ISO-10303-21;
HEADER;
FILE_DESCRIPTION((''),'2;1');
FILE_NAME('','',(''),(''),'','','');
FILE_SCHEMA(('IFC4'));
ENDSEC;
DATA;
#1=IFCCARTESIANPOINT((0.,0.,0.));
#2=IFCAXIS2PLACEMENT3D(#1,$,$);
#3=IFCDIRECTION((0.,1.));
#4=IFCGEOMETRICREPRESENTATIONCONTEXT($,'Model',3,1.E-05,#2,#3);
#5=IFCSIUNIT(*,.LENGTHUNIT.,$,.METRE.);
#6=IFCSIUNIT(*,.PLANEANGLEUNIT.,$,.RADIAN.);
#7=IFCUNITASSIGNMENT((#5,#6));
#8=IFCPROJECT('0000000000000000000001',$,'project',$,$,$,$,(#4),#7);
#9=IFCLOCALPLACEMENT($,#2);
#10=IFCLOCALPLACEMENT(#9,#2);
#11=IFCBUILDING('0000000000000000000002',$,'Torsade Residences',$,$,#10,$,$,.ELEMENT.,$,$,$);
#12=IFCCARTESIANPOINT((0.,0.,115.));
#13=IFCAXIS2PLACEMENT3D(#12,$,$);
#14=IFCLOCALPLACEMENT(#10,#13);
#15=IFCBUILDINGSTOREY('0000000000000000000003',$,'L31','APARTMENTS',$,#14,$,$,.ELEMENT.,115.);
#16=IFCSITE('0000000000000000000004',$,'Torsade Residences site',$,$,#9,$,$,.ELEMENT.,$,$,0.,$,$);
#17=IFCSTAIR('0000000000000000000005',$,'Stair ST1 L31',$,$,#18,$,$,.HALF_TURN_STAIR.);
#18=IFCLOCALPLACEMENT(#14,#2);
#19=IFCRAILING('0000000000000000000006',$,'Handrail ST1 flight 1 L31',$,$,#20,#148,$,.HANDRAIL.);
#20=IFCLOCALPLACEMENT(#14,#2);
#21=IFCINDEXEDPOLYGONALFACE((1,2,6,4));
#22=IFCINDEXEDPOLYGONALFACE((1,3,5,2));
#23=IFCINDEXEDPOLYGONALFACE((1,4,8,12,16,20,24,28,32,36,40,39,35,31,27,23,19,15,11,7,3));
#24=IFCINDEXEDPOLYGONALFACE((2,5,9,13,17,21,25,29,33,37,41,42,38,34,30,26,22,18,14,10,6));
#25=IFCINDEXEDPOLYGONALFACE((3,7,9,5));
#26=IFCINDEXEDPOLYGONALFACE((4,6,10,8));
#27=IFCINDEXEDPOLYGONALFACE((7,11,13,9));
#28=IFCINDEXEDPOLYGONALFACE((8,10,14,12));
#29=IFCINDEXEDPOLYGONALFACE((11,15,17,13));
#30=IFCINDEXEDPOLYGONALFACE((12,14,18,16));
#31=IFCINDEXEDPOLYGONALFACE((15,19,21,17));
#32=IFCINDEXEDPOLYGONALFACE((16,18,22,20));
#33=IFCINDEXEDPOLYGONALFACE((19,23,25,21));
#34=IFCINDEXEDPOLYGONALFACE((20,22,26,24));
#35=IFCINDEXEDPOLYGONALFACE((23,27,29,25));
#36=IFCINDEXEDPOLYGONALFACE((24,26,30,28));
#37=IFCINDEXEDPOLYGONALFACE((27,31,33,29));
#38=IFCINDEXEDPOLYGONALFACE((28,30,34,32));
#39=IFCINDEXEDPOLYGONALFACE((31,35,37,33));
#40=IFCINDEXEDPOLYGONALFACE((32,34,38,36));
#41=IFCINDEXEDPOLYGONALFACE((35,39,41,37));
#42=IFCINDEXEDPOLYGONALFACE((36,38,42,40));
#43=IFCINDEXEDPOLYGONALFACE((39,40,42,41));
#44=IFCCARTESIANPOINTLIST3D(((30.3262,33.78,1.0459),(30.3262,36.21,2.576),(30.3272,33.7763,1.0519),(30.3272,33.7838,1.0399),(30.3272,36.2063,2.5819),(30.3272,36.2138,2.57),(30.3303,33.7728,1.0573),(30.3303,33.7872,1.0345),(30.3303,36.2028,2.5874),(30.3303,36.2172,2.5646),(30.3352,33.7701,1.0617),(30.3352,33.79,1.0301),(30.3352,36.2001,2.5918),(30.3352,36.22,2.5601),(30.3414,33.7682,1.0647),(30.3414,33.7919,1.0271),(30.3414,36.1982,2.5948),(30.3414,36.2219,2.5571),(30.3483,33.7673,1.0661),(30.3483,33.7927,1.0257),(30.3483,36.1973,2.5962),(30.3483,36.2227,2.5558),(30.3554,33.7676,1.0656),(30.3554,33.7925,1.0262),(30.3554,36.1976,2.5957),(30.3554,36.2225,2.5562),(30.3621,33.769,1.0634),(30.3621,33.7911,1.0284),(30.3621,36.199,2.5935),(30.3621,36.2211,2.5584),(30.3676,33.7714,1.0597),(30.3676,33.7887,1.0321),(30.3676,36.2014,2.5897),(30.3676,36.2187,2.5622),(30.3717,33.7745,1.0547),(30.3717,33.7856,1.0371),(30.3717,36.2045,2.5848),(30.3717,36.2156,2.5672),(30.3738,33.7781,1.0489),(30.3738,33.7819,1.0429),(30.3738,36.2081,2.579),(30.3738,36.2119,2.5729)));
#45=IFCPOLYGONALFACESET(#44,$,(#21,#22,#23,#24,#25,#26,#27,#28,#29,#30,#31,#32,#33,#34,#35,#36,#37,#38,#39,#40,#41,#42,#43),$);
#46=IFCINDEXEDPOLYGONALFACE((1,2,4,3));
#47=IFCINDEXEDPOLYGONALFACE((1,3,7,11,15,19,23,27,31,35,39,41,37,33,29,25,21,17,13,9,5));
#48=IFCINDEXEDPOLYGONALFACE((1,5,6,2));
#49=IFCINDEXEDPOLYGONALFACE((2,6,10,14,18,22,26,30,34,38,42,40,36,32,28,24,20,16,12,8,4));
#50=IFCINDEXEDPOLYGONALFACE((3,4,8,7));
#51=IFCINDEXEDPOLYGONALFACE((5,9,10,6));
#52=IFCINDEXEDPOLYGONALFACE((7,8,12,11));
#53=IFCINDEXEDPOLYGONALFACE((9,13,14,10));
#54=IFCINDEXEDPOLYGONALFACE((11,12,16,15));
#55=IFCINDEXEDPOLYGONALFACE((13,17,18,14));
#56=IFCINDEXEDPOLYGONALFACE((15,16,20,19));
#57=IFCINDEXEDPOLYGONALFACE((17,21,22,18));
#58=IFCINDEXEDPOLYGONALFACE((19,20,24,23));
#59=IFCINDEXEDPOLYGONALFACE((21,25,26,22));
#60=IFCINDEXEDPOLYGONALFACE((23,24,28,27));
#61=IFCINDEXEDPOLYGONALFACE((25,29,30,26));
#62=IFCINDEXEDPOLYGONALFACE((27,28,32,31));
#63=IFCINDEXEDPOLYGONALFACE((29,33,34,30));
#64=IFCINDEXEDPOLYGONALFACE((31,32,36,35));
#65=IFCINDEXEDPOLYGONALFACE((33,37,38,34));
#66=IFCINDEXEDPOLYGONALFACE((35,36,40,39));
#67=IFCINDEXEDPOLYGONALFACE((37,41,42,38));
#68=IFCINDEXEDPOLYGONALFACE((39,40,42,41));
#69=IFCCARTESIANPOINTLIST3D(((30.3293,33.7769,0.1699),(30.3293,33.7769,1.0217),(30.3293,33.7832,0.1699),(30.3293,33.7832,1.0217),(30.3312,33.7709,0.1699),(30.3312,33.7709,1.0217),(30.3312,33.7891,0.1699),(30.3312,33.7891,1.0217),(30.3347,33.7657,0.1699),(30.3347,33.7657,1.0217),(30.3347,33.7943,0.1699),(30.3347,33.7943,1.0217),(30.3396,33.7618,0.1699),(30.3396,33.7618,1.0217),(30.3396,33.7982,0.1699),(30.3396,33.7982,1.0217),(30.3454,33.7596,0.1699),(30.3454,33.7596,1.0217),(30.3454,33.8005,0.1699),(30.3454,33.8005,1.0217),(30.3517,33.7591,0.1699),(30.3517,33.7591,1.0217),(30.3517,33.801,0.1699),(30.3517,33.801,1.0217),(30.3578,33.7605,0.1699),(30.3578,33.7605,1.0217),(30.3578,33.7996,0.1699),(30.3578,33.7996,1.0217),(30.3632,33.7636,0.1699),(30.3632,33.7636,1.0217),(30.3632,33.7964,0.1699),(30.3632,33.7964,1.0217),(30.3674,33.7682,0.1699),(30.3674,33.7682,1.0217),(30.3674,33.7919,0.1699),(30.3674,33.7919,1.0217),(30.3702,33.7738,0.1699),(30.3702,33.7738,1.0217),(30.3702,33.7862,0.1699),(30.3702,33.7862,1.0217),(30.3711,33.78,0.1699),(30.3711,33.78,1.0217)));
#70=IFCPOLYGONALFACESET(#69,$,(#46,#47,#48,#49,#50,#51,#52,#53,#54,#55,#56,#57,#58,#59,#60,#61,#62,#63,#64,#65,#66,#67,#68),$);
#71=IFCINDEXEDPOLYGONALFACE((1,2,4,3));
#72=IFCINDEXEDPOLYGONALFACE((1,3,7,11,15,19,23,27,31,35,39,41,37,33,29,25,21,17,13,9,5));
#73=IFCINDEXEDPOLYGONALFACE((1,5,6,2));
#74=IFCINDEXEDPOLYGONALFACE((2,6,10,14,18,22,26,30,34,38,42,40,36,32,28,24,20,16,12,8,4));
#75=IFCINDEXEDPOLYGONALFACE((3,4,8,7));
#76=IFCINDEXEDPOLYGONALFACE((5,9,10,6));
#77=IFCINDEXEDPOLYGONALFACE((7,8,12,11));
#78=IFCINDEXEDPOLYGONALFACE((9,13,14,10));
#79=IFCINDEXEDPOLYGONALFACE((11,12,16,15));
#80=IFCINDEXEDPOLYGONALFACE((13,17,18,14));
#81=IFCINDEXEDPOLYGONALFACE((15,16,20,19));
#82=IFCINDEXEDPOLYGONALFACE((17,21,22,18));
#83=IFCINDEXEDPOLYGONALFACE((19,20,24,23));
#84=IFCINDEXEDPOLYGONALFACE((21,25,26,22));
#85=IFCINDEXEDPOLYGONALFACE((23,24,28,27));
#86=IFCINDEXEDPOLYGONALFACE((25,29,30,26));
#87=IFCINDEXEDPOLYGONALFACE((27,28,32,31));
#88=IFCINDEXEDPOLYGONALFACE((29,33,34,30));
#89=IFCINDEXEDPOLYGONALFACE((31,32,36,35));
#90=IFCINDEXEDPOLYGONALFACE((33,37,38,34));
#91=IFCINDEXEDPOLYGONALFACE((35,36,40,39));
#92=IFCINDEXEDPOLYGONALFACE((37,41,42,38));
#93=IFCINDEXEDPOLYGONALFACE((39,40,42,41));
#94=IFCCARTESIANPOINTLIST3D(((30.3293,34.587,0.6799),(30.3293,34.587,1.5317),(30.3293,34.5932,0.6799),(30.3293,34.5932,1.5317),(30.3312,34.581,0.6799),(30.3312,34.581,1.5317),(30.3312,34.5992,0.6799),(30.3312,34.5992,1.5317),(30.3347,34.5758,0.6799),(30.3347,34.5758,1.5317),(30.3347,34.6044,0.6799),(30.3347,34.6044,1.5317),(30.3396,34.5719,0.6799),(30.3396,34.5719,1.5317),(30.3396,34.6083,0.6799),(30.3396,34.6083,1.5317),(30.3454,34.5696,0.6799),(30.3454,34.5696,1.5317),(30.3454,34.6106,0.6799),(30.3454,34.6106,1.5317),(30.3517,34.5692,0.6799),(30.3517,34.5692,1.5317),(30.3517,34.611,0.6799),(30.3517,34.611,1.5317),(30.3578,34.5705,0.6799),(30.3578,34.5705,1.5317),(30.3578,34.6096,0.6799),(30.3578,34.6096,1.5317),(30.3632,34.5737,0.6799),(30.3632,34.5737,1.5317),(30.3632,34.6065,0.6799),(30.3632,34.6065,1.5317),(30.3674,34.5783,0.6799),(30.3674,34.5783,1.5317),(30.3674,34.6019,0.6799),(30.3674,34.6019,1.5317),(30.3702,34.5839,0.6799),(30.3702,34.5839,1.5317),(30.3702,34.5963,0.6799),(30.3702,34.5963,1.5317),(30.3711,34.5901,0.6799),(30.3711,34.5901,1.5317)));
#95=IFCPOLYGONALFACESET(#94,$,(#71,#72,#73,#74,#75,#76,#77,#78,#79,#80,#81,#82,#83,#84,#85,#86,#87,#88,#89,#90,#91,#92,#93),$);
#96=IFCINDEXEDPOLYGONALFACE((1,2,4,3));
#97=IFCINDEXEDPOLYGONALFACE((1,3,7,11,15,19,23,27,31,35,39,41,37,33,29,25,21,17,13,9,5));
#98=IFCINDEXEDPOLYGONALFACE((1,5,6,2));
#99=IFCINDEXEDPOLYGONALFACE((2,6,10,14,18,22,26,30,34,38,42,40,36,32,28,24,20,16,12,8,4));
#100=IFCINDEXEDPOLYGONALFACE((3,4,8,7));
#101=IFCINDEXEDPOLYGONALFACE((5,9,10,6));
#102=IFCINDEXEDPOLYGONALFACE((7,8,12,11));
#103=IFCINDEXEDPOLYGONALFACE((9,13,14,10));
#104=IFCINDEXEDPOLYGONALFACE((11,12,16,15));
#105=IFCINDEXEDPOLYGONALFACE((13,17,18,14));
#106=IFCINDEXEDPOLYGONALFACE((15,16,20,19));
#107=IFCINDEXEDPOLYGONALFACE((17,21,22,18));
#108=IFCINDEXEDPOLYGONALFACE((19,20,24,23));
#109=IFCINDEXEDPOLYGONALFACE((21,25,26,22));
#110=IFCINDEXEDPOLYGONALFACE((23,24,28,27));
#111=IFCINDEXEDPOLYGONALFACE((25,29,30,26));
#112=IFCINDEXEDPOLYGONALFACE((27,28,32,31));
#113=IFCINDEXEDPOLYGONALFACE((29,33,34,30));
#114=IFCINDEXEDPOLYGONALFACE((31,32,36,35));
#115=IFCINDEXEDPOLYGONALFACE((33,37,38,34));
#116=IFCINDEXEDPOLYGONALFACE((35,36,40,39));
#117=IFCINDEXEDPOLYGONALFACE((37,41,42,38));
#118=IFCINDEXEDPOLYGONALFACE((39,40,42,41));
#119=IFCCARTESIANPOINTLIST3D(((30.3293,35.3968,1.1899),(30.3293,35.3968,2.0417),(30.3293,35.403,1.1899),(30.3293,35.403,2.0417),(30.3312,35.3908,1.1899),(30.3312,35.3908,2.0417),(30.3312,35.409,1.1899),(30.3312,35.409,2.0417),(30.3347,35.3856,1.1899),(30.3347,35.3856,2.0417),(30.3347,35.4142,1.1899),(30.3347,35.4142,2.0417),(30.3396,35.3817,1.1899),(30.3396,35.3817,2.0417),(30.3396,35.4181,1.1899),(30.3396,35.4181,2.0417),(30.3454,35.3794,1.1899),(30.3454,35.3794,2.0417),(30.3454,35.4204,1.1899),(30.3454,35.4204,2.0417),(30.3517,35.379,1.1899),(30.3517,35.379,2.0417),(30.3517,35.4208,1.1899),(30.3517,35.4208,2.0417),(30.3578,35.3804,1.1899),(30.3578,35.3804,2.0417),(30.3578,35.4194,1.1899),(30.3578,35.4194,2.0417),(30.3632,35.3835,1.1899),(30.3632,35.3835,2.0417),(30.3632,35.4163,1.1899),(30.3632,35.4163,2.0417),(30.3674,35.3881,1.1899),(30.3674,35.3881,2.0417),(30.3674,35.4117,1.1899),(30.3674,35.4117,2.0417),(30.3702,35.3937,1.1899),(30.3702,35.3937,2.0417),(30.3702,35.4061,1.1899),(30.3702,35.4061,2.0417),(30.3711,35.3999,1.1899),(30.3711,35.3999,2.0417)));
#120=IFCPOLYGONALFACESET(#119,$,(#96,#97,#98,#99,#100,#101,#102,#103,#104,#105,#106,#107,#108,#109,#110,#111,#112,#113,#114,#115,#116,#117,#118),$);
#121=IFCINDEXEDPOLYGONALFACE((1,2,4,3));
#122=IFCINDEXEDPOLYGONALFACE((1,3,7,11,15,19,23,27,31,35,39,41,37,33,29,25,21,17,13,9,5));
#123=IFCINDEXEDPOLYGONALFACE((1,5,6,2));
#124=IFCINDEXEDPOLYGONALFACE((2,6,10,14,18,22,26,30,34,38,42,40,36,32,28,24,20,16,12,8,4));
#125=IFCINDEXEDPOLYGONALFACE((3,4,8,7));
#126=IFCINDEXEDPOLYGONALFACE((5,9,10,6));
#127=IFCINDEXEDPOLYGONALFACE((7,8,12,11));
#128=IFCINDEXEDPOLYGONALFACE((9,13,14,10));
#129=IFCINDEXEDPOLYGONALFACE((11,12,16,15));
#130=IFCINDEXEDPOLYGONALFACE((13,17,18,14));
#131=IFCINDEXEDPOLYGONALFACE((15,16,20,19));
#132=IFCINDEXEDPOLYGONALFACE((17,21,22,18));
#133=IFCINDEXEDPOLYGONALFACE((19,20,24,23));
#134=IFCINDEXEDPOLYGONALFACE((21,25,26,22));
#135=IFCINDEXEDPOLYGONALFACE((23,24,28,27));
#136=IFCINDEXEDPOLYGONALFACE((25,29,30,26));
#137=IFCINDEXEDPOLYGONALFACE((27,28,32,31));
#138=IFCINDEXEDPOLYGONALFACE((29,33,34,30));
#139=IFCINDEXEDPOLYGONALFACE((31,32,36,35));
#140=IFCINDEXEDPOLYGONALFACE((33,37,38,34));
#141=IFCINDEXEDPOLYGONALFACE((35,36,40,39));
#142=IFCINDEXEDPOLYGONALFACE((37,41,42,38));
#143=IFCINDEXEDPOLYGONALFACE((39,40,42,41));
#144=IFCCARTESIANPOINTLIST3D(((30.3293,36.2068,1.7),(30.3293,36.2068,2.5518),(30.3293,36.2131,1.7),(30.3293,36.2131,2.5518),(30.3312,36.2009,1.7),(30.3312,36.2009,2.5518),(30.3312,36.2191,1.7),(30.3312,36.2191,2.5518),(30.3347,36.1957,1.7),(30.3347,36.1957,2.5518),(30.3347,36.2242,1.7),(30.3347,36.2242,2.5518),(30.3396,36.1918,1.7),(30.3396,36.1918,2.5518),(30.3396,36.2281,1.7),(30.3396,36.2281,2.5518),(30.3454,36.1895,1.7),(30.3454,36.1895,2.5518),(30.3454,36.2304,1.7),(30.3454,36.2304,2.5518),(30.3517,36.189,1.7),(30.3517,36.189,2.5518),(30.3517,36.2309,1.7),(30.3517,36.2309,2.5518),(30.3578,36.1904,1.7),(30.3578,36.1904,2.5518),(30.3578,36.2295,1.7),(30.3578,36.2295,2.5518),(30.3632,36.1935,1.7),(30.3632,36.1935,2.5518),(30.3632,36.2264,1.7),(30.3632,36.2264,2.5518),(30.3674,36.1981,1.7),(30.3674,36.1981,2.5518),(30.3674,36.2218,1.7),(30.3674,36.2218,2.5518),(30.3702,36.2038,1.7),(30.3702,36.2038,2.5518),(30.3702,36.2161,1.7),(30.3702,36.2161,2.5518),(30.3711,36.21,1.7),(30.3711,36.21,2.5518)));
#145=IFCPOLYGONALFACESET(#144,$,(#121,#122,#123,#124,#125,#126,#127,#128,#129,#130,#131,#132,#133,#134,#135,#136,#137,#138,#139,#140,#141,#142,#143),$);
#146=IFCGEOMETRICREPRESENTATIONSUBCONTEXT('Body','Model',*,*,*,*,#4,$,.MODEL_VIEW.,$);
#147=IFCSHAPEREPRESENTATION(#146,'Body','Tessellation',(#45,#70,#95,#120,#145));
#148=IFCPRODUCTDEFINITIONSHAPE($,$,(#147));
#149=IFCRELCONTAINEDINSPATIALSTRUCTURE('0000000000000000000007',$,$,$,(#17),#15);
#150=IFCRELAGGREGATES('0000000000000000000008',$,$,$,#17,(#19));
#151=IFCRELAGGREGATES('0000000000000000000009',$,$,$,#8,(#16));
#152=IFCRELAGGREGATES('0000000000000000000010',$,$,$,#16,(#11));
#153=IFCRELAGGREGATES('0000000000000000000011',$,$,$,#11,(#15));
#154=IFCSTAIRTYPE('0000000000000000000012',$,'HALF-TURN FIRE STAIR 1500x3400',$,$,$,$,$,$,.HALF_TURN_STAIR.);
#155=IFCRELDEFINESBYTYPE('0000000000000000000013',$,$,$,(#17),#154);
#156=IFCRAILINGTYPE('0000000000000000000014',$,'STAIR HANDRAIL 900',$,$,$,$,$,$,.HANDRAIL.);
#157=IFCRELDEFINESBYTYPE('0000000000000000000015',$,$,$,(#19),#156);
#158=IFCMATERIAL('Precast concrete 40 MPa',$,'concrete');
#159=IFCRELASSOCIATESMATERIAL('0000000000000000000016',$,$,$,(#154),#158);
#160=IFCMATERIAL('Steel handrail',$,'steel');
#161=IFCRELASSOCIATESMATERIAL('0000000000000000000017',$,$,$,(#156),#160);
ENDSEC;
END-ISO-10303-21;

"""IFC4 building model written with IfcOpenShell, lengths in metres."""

from ifc_helpers import new_model, si_unit, direction, frame, origin, origin_2d, place, context, subcontext, project, spatial, circle, extrude, material, type_object, element, aggregate, save


model = new_model("IFC4")

# Units and contexts
model_context = context("Model", 3, precision=1e-05, world=origin(), true_north=direction((0.0, 1.0)))
body_context = subcontext(model_context, "Body", "Model", "MODEL_VIEW")
ifc_project = project(units=[si_unit("LENGTHUNIT", "METRE"), si_unit("PLANEANGLEUNIT", "RADIAN")], contexts=[model_context])

# Site, building, storey
site_placement = place(None, origin())
site = spatial("IfcSite", under=ifc_project, at=site_placement, Name="Torsade Residences site", CompositionType="ELEMENT", RefElevation=0.0)
building_placement = place(site_placement, origin())
building = spatial("IfcBuilding", under=site, at=building_placement, Name="Torsade Residences", CompositionType="ELEMENT")
storey_placement = place(building_placement, frame((0.0, 0.0, 115.0)))
storey = spatial("IfcBuildingStorey", under=building, at=storey_placement, Name="L31", Description="APARTMENTS", CompositionType="ELEMENT", Elevation=115.0)

# Stair, railing
ifc_material_1 = material(Name="Precast concrete 40 MPa", Category="concrete")
stair_type = type_object("IfcStairType", Name="HALF-TURN FIRE STAIR 1500x3400", PredefinedType="HALF_TURN_STAIR", material=ifc_material_1)
stair_placement = place(storey_placement, origin())
stair = element("IfcStair", 1, at=stair_placement, inside=storey, type_object=stair_type, Name="Stair ST1 L31", PredefinedType="HALF_TURN_STAIR")
ifc_material_2 = material(Name="Steel handrail", Category="steel")
railing_type = type_object("IfcRailingType", Name="STAIR HANDRAIL 900", PredefinedType="HANDRAIL", material=ifc_material_2)
railing_1_placement = place(storey_placement, frame((30.3501, 33.78, 0.1699)))
railing_1 = element("IfcRailing", 2, at=railing_1_placement, type_object=railing_type, Name="Handrail ST1 flight 1 L31", PredefinedType="HANDRAIL", context=body_context, shape_type="SweptSolid", body=[
    extrude(circle(Radius=0.0239, at=origin_2d()), frame((0.0, 0.0, 0.876), z_axis=(0.0, 0.846221, 0.532831), x_axis=(-1.0, 0.0, 0.0)), (0.0, 0.0, 1.0), 2.8716),
    extrude(circle(Radius=0.021, at=origin_2d()), origin(), (0.0, 0.0, 1.0), 0.8518),
    extrude(circle(Radius=0.021, at=origin_2d()), frame((0.0, 0.8101, 0.51)), (0.0, 0.0, 1.0), 0.8518),
    extrude(circle(Radius=0.021, at=origin_2d()), frame((0.0, 1.6199, 1.02)), (0.0, 0.0, 1.0), 0.8518),
    extrude(circle(Radius=0.021, at=origin_2d()), frame((0.0, 2.4299, 1.53)), (0.0, 0.0, 1.0), 0.8518),
])
aggregate(stair, [railing_1])

save(model, "model.ifc")
